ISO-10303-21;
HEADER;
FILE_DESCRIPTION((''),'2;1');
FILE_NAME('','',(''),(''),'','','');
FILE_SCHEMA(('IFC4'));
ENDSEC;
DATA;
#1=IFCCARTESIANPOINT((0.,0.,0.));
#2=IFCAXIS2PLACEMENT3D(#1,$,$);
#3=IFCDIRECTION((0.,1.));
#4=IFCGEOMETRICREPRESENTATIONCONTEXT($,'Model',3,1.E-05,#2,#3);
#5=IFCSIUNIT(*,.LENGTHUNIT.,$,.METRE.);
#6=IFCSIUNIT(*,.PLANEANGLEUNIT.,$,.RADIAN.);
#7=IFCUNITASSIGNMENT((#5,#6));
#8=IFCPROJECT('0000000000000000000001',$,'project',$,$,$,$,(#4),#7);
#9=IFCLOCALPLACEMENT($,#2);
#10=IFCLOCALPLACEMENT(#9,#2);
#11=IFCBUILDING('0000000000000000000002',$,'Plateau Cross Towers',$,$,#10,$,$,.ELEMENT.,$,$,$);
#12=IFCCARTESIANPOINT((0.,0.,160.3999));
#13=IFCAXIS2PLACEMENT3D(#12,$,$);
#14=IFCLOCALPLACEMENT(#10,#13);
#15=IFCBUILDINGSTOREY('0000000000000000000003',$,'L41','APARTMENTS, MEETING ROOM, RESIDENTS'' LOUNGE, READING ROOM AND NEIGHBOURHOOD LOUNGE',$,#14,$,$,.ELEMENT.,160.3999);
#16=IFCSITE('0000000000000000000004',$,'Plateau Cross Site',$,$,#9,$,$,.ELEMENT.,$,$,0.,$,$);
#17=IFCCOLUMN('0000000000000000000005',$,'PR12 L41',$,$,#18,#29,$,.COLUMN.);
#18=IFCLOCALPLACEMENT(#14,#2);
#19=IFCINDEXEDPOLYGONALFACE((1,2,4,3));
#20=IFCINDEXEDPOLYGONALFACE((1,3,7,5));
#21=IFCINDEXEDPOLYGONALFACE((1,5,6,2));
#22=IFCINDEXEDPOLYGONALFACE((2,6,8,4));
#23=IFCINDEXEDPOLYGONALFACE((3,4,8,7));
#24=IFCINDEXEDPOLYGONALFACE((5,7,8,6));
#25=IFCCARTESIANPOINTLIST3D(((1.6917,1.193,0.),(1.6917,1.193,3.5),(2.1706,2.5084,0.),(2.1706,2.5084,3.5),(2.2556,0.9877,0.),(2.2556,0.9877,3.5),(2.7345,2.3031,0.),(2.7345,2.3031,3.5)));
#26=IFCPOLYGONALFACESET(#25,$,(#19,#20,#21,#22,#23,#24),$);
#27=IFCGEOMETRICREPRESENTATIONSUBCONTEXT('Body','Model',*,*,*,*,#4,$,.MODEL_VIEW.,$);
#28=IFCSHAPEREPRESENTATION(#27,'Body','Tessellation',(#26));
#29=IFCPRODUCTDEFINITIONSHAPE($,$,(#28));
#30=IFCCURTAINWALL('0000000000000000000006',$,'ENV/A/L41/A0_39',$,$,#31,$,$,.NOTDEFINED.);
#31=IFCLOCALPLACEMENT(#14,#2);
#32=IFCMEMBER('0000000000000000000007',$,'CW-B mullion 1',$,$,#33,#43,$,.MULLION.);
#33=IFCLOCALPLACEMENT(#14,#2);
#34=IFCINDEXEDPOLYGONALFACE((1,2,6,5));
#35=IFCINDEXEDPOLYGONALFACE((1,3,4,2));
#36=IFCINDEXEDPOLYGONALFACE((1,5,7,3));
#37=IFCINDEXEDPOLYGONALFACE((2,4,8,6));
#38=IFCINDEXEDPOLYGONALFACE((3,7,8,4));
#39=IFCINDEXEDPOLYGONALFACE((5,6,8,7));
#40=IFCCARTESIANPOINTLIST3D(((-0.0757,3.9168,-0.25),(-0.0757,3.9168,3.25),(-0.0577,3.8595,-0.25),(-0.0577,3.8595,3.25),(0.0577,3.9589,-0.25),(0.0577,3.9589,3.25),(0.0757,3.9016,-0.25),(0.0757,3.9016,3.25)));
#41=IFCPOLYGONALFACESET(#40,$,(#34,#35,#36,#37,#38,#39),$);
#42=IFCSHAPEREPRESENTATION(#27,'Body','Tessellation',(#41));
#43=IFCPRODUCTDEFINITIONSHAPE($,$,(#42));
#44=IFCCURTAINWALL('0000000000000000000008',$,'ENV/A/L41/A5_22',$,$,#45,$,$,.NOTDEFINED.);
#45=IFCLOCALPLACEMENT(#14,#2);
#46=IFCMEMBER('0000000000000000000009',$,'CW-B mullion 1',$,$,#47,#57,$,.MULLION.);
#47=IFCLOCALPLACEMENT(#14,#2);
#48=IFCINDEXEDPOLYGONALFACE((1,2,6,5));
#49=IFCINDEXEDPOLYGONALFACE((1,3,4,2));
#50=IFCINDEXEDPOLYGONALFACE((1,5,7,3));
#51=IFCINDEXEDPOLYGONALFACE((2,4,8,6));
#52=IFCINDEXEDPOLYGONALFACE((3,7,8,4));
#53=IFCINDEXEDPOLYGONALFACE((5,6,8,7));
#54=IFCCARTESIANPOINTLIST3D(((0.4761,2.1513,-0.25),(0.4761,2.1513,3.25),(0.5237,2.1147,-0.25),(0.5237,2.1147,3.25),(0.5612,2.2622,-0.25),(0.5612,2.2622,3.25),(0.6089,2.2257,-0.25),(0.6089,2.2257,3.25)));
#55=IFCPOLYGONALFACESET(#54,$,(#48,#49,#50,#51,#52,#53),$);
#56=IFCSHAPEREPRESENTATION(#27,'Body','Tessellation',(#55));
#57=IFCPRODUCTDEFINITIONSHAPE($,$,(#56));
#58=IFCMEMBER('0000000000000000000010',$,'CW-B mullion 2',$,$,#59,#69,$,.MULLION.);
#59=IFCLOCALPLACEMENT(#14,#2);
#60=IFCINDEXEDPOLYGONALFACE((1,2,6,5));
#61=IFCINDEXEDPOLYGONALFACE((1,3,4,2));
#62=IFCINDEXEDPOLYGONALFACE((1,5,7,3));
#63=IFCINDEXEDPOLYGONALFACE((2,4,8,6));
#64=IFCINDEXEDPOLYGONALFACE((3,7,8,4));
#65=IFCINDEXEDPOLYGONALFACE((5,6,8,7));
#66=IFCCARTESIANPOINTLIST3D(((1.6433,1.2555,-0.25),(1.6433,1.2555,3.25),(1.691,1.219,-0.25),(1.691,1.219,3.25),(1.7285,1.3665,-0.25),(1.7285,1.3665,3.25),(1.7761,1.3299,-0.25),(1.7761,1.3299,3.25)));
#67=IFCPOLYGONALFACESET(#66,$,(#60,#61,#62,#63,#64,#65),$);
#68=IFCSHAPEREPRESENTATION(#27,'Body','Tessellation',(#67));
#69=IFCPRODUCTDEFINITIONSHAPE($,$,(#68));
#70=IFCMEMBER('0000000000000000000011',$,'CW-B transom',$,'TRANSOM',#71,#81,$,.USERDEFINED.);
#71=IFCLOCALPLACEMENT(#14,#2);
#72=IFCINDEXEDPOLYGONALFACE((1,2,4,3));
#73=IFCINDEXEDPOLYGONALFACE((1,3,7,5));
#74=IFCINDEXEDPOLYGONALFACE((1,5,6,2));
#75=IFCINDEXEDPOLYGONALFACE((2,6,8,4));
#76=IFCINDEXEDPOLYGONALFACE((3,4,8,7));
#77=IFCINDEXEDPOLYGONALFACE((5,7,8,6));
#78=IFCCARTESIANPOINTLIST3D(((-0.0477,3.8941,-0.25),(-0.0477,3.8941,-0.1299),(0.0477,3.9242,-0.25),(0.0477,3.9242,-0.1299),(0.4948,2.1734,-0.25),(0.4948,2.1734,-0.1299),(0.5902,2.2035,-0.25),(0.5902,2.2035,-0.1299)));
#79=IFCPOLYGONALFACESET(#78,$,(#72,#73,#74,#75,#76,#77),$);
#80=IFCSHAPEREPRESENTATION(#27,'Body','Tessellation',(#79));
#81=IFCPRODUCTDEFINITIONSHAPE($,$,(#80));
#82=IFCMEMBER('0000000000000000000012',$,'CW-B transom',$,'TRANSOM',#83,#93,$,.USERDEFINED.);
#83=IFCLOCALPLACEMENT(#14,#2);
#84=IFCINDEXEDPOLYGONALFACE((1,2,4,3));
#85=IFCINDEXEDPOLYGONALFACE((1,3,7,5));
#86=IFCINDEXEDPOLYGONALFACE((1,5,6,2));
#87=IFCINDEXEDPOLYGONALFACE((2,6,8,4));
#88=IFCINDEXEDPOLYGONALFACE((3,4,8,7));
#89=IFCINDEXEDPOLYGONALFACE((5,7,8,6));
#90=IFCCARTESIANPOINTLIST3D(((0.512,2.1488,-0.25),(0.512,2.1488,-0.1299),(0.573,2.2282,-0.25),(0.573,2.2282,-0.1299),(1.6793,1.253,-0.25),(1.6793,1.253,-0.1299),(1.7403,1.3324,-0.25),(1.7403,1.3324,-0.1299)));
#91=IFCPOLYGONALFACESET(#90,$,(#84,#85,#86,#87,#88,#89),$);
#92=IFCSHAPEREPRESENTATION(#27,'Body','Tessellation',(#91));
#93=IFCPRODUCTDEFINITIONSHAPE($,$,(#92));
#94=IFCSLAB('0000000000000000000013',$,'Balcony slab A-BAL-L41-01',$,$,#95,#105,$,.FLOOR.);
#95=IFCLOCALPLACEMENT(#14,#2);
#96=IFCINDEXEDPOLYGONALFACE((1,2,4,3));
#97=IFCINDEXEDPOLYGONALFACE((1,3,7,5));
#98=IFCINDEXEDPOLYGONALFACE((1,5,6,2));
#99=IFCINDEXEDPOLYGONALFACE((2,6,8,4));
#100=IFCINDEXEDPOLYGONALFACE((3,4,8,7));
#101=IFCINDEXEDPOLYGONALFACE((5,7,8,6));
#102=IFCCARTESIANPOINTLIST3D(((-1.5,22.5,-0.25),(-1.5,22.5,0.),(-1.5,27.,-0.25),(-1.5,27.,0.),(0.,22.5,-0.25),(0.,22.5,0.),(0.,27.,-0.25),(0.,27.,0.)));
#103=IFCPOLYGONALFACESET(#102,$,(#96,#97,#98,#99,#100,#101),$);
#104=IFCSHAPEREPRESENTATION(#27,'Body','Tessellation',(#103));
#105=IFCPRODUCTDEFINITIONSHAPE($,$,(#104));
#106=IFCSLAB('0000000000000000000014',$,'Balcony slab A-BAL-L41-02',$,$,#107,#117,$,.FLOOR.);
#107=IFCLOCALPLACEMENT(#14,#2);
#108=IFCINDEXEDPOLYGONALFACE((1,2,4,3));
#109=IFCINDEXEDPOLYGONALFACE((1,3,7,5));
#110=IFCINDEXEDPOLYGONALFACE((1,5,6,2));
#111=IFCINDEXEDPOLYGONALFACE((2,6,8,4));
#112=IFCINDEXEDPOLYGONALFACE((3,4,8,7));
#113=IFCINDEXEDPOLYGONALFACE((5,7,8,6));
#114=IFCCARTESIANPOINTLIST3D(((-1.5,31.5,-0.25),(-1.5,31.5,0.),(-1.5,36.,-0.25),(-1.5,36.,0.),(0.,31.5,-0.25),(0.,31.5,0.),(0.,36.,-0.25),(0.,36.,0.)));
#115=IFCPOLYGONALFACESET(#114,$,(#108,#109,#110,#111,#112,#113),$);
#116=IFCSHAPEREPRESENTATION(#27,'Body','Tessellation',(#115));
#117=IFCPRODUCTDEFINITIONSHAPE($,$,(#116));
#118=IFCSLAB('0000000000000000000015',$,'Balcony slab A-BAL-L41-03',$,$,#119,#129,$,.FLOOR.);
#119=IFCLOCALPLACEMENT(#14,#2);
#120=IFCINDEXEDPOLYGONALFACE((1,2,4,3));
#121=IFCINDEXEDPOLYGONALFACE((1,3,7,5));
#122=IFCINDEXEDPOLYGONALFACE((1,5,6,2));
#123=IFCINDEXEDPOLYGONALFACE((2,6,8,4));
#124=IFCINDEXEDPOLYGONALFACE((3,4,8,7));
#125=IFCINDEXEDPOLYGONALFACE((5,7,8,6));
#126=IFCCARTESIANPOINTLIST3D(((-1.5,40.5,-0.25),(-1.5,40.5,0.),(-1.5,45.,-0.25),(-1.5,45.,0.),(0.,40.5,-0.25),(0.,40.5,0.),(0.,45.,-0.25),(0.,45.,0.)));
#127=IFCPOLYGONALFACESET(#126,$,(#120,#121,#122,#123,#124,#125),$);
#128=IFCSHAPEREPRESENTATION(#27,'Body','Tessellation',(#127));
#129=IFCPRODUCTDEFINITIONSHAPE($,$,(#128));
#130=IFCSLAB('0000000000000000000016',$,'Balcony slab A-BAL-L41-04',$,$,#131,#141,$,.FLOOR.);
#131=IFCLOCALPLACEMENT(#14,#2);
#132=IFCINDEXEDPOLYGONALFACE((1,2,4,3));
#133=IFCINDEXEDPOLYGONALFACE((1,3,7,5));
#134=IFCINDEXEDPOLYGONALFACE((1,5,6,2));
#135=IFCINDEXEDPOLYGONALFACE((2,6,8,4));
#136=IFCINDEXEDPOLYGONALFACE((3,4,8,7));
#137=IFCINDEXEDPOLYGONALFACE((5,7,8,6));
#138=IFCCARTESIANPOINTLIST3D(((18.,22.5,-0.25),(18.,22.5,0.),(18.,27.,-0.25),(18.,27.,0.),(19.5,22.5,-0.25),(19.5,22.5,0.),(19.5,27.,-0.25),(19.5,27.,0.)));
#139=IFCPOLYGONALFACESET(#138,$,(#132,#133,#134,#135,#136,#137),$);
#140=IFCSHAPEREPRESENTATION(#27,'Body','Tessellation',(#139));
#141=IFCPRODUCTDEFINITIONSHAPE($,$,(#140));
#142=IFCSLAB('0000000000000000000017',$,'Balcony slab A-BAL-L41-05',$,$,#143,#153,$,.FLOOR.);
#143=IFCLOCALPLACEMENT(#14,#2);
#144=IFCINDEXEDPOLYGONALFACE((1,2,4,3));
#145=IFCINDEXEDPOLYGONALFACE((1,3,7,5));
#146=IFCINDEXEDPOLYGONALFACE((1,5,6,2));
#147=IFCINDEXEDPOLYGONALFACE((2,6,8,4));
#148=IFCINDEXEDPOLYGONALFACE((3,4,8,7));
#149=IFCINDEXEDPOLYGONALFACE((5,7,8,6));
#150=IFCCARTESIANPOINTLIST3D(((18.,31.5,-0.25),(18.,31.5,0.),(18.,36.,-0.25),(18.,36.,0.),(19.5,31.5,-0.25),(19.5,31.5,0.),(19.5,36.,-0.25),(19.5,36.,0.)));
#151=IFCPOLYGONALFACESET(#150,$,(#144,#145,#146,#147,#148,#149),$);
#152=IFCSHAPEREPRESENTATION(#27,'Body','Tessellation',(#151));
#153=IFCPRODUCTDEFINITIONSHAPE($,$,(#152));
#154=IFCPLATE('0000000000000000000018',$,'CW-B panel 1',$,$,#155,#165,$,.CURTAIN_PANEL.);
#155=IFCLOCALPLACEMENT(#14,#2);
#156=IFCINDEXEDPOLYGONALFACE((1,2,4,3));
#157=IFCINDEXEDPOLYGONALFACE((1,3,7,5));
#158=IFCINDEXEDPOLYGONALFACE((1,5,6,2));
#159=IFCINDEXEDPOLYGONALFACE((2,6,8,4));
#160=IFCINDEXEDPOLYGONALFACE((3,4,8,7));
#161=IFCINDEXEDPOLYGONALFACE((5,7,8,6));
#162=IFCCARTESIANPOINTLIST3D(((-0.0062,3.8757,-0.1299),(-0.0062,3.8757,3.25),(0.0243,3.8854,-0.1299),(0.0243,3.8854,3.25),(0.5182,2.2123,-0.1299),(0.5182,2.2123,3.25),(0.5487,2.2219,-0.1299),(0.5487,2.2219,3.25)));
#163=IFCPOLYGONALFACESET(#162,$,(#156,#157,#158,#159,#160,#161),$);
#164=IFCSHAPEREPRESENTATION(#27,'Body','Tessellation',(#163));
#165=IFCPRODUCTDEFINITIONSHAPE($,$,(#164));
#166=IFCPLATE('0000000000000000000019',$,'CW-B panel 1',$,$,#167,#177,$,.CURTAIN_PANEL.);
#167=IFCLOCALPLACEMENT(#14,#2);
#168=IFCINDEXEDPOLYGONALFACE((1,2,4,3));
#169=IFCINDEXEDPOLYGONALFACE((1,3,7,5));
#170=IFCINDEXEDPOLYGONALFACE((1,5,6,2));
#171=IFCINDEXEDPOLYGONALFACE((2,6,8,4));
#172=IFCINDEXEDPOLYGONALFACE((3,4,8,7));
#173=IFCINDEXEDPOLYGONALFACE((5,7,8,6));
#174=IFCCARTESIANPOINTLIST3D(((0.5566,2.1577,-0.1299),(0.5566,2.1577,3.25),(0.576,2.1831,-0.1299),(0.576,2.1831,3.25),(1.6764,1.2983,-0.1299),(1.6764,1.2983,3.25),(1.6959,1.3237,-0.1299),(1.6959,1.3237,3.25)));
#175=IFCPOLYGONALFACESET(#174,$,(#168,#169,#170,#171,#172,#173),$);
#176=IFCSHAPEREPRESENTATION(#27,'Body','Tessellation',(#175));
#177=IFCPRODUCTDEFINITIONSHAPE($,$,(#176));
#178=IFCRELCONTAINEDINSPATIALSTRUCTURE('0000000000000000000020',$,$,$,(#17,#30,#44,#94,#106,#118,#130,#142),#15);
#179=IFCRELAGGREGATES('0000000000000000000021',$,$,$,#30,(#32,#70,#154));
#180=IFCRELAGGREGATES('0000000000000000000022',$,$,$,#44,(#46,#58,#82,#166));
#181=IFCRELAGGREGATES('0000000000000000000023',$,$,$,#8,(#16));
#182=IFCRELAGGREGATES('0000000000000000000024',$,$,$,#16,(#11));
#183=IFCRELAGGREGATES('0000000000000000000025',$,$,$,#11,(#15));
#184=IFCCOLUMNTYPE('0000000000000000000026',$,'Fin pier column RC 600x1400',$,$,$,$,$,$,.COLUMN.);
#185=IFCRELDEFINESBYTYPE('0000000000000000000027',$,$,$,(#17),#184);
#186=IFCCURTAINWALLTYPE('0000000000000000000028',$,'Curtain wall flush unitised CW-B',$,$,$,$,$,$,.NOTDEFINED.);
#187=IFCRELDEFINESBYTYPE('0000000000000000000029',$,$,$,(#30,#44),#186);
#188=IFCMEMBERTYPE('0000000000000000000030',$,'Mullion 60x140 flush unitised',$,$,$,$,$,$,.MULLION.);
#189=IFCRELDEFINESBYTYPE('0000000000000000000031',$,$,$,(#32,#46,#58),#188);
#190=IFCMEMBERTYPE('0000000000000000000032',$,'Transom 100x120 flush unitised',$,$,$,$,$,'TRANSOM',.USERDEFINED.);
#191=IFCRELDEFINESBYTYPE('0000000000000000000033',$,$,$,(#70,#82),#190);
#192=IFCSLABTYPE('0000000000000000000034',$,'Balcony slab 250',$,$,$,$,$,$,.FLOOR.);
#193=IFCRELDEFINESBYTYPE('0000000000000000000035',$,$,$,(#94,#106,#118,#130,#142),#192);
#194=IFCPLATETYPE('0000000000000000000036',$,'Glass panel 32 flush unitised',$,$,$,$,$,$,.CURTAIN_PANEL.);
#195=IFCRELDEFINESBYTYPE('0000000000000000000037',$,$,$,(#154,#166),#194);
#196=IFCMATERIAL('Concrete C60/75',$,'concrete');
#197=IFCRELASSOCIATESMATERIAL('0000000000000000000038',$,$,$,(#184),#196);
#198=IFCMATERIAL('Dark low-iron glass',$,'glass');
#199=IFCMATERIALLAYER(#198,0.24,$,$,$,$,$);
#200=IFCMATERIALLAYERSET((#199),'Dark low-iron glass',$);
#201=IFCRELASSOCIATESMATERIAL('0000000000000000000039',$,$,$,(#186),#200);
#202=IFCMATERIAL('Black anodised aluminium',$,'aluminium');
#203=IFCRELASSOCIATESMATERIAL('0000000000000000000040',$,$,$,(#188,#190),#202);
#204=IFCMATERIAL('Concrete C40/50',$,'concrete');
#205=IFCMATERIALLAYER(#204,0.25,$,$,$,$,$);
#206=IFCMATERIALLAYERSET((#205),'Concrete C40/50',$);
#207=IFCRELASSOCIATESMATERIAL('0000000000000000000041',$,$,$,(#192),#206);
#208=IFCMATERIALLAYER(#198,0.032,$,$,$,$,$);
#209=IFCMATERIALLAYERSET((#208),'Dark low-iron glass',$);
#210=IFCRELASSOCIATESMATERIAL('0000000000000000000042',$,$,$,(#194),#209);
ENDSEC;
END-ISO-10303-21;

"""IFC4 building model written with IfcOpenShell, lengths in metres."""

from ifc_helpers import new_model, si_unit, direction, frame, origin, origin_2d, place, context, subcontext, project, spatial, polyline, rectangle, outline, extrude, material, layer, layer_set, material_profile, profile_set, type_object, element, aggregate, save


model = new_model("IFC4")

# Units and contexts
model_context = context("Model", 3, precision=1e-05, world=origin(), true_north=direction((0.0, 1.0)))
body_context = subcontext(model_context, "Body", "Model", "MODEL_VIEW")
ifc_project = project(units=[si_unit("LENGTHUNIT", "METRE"), si_unit("PLANEANGLEUNIT", "RADIAN")], contexts=[model_context])

# Site, building, storey
site_placement = place(None, origin())
site = spatial("IfcSite", under=ifc_project, at=site_placement, Name="Plateau Cross Site", CompositionType="ELEMENT", RefElevation=0.0)
building_placement = place(site_placement, origin())
building = spatial("IfcBuilding", under=site, at=building_placement, Name="Plateau Cross Towers", CompositionType="ELEMENT")
storey_placement = place(building_placement, frame((0.0, 0.0, 160.3999)))
storey = spatial("IfcBuildingStorey", under=building, at=storey_placement, Name="L41", Description="APARTMENTS, MEETING ROOM, RESIDENTS' LOUNGE, READING ROOM AND NEIGHBOURHOOD LOUNGE", CompositionType="ELEMENT", Elevation=160.3999)

# Column
ifc_material_1 = material(Name="Concrete C60/75", Category="concrete")
ifc_material_profile_1 = material_profile(ifc_material_1, rectangle(XDim=0.6001, YDim=1.3999, at=origin_2d()), Name="RC 600x1400")
ifc_profile_set_1 = profile_set([ifc_material_profile_1], Name="Concrete C60/75")
column_type = type_object("IfcColumnType", Name="Fin pier column RC 600x1400", PredefinedType="COLUMN", material=ifc_profile_set_1)
column_placement = place(storey_placement, frame((2.2131, 1.748, 0.0), z_axis=(0.0, 0.0, 1.0), x_axis=(-0.939664, 0.342098, 0.0)))
element("IfcColumn", 1, at=column_placement, inside=storey, type_object=column_type, Name="PR12 L41", PredefinedType="COLUMN", context=body_context, shape_type="SweptSolid", body=[
    extrude(rectangle(XDim=0.6001, YDim=1.3999, at=origin_2d()), origin(), (0.0, 0.0, 1.0), 3.5),
])

# Curtain wall, member
ifc_material_2 = material(Name="Dark low-iron glass", Category="glass")
ifc_layer_1 = layer(ifc_material_2, 0.24)
ifc_layer_set_1 = layer_set([ifc_layer_1], Name="Dark low-iron glass")
curtain_wall_type = type_object("IfcCurtainWallType", Name="Curtain wall flush unitised CW-B", PredefinedType="NOTDEFINED", material=ifc_layer_set_1)
curtain_wall_1_placement = place(storey_placement, origin())
curtain_wall_1 = element("IfcCurtainWall", 2, at=curtain_wall_1_placement, inside=storey, type_object=curtain_wall_type, Name="ENV/A/L41/A0_39", PredefinedType="NOTDEFINED")
ifc_material_3 = material(Name="Black anodised aluminium", Category="aluminium")
ifc_material_profile_2 = material_profile(ifc_material_3, rectangle(XDim=0.0601, YDim=0.1399, at=origin_2d()), Name="MULLION 60x140")
ifc_profile_set_2 = profile_set([ifc_material_profile_2], Name="Black anodised aluminium")
member_type_1 = type_object("IfcMemberType", Name="Mullion 60x140 flush unitised", PredefinedType="MULLION", material=ifc_profile_set_2)
member_1_placement = place(storey_placement, frame((0.0, 3.9092, -0.25), z_axis=(0.0, 0.0, 1.0), x_axis=(0.300686, -0.953723, 0.0)))
member_1 = element("IfcMember", 3, at=member_1_placement, type_object=member_type_1, Name="CW-B mullion 1", PredefinedType="MULLION", context=body_context, shape_type="SweptSolid", body=[
    extrude(rectangle(XDim=0.0601, YDim=0.1399, at=origin_2d()), origin(), (0.0, 0.0, 1.0), 3.5),
])

# Curtain wall, members
curtain_wall_2_placement = place(storey_placement, origin())
curtain_wall_2 = element("IfcCurtainWall", 4, at=curtain_wall_2_placement, inside=storey, type_object=curtain_wall_type, Name="ENV/A/L41/A5_22", PredefinedType="NOTDEFINED")
member_2_placement = place(storey_placement, frame((0.5425, 2.1885, -0.25), z_axis=(0.0, 0.0, 1.0), x_axis=(0.793316, -0.608811, 0.0)))
member_2 = element("IfcMember", 5, at=member_2_placement, type_object=member_type_1, Name="CW-B mullion 1", PredefinedType="MULLION", context=body_context, shape_type="SweptSolid", body=[
    extrude(rectangle(XDim=0.0601, YDim=0.1399, at=origin_2d()), origin(), (0.0, 0.0, 1.0), 3.5),
])
member_3_placement = place(storey_placement, frame((1.7097, 1.2927, -0.25), z_axis=(0.0, 0.0, 1.0), x_axis=(0.793316, -0.608811, 0.0)))
member_3 = element("IfcMember", 6, at=member_3_placement, type_object=member_type_1, Name="CW-B mullion 2", PredefinedType="MULLION", context=body_context, shape_type="SweptSolid", body=[
    extrude(rectangle(XDim=0.0601, YDim=0.1399, at=origin_2d()), origin(), (0.0, 0.0, 1.0), 3.5),
])

# Members
ifc_material_profile_3 = material_profile(ifc_material_3, rectangle(XDim=0.1001, YDim=0.1201, at=origin_2d()), Name="TRANSOM 100x120")
ifc_profile_set_3 = profile_set([ifc_material_profile_3], Name="Black anodised aluminium")
member_type_2 = type_object("IfcMemberType", Name="Transom 100x120 flush unitised", ElementType="TRANSOM", PredefinedType="USERDEFINED", material=ifc_profile_set_3)
member_4_placement = place(storey_placement, frame((0.0, 3.9092, -0.1899), z_axis=(0.300678, -0.953726, 0.0), x_axis=(0.953726, 0.300678, 0.0)))
member_4 = element("IfcMember", 7, at=member_4_placement, type_object=member_type_2, Name="CW-B transom", ObjectType="TRANSOM", PredefinedType="USERDEFINED", context=body_context, shape_type="SweptSolid", body=[
    extrude(rectangle(XDim=0.1001, YDim=0.1201, at=origin_2d()), origin(), (0.0, 0.0, 1.0), 1.8042),
])
member_5_placement = place(storey_placement, frame((0.5425, 2.1885, -0.1899), z_axis=(0.793321, -0.608804, 0.0), x_axis=(0.608804, 0.793321, 0.0)))
member_5 = element("IfcMember", 8, at=member_5_placement, type_object=member_type_2, Name="CW-B transom", ObjectType="TRANSOM", PredefinedType="USERDEFINED", context=body_context, shape_type="SweptSolid", body=[
    extrude(rectangle(XDim=0.1001, YDim=0.1201, at=origin_2d()), origin(), (0.0, 0.0, 1.0), 1.4714),
])

# Slabs
ifc_material_4 = material(Name="Concrete C40/50", Category="concrete")
ifc_layer_2 = layer(ifc_material_4, 0.25)
ifc_layer_set_2 = layer_set([ifc_layer_2], Name="Concrete C40/50")
slab_type_1 = type_object("IfcSlabType", Name="Balcony slab 250", PredefinedType="FLOOR", material=ifc_layer_set_2)
slab_1_placement = place(storey_placement, frame((0.0, 0.0, -0.25)))
element("IfcSlab", 9, at=slab_1_placement, inside=storey, type_object=slab_type_1, Name="Balcony slab A-BAL-L41-01", PredefinedType="FLOOR", context=body_context, shape_type="SweptSolid", body=[
    extrude(outline(polyline([(0.0, 22.5), (0.0, 27.0), (-1.5, 27.0), (-1.5, 22.5), (0.0, 22.5)])), origin(), (0.0, 0.0, 1.0), 0.25),
])
slab_2_placement = place(storey_placement, frame((0.0, 0.0, -0.25)))
element("IfcSlab", 10, at=slab_2_placement, inside=storey, type_object=slab_type_1, Name="Balcony slab A-BAL-L41-02", PredefinedType="FLOOR", context=body_context, shape_type="SweptSolid", body=[
    extrude(outline(polyline([(0.0, 31.5), (0.0, 36.0), (-1.5, 36.0), (-1.5, 31.5), (0.0, 31.5)])), origin(), (0.0, 0.0, 1.0), 0.25),
])
slab_3_placement = place(storey_placement, frame((0.0, 0.0, -0.25)))
element("IfcSlab", 11, at=slab_3_placement, inside=storey, type_object=slab_type_1, Name="Balcony slab A-BAL-L41-03", PredefinedType="FLOOR", context=body_context, shape_type="SweptSolid", body=[
    extrude(outline(polyline([(0.0, 40.5), (0.0, 45.0), (-1.5, 45.0), (-1.5, 40.5), (0.0, 40.5)])), origin(), (0.0, 0.0, 1.0), 0.25),
])
slab_4_placement = place(storey_placement, frame((0.0, 0.0, -0.25)))
element("IfcSlab", 12, at=slab_4_placement, inside=storey, type_object=slab_type_1, Name="Balcony slab A-BAL-L41-04", PredefinedType="FLOOR", context=body_context, shape_type="SweptSolid", body=[
    extrude(outline(polyline([(19.5, 22.5), (19.5, 27.0), (18.0, 27.0), (18.0, 22.5), (19.5, 22.5)])), origin(), (0.0, 0.0, 1.0), 0.25),
])
slab_5_placement = place(storey_placement, frame((0.0, 0.0, -0.25)))
element("IfcSlab", 13, at=slab_5_placement, inside=storey, type_object=slab_type_1, Name="Balcony slab A-BAL-L41-05", PredefinedType="FLOOR", context=body_context, shape_type="SweptSolid", body=[
    extrude(outline(polyline([(19.5, 31.5), (19.5, 36.0), (18.0, 36.0), (18.0, 31.5), (19.5, 31.5)])), origin(), (0.0, 0.0, 1.0), 0.25),
])

# Plates
ifc_layer_3 = layer(ifc_material_2, 0.032)
ifc_layer_set_3 = layer_set([ifc_layer_3], Name="Dark low-iron glass")
plate_type = type_object("IfcPlateType", Name="Glass panel 32 flush unitised", PredefinedType="CURTAIN_PANEL", material=ifc_layer_set_3)
plate_1_placement = place(storey_placement, frame((0.2712, 3.0488, -0.1299), z_axis=(0.0, 0.0, 1.0), x_axis=(0.300686, -0.953723, 0.0)))
plate_1 = element("IfcPlate", 14, at=plate_1_placement, type_object=plate_type, Name="CW-B panel 1", PredefinedType="CURTAIN_PANEL", context=body_context, shape_type="SweptSolid", body=[
    extrude(rectangle(XDim=1.7441, YDim=0.032, at=origin_2d()), origin(), (0.0, 0.0, 1.0), 3.3799),
])
aggregate(curtain_wall_1, [member_1, member_4, plate_1])
plate_2_placement = place(storey_placement, frame((1.1262, 1.7407, -0.1299), z_axis=(0.0, 0.0, 1.0), x_axis=(0.793316, -0.608811, 0.0)))
plate_2 = element("IfcPlate", 15, at=plate_2_placement, type_object=plate_type, Name="CW-B panel 1", PredefinedType="CURTAIN_PANEL", context=body_context, shape_type="SweptSolid", body=[
    extrude(rectangle(XDim=1.4116, YDim=0.032, at=origin_2d()), origin(), (0.0, 0.0, 1.0), 3.3799),
])
aggregate(curtain_wall_2, [member_2, member_3, member_5, plate_2])

save(model, "model.ifc")
